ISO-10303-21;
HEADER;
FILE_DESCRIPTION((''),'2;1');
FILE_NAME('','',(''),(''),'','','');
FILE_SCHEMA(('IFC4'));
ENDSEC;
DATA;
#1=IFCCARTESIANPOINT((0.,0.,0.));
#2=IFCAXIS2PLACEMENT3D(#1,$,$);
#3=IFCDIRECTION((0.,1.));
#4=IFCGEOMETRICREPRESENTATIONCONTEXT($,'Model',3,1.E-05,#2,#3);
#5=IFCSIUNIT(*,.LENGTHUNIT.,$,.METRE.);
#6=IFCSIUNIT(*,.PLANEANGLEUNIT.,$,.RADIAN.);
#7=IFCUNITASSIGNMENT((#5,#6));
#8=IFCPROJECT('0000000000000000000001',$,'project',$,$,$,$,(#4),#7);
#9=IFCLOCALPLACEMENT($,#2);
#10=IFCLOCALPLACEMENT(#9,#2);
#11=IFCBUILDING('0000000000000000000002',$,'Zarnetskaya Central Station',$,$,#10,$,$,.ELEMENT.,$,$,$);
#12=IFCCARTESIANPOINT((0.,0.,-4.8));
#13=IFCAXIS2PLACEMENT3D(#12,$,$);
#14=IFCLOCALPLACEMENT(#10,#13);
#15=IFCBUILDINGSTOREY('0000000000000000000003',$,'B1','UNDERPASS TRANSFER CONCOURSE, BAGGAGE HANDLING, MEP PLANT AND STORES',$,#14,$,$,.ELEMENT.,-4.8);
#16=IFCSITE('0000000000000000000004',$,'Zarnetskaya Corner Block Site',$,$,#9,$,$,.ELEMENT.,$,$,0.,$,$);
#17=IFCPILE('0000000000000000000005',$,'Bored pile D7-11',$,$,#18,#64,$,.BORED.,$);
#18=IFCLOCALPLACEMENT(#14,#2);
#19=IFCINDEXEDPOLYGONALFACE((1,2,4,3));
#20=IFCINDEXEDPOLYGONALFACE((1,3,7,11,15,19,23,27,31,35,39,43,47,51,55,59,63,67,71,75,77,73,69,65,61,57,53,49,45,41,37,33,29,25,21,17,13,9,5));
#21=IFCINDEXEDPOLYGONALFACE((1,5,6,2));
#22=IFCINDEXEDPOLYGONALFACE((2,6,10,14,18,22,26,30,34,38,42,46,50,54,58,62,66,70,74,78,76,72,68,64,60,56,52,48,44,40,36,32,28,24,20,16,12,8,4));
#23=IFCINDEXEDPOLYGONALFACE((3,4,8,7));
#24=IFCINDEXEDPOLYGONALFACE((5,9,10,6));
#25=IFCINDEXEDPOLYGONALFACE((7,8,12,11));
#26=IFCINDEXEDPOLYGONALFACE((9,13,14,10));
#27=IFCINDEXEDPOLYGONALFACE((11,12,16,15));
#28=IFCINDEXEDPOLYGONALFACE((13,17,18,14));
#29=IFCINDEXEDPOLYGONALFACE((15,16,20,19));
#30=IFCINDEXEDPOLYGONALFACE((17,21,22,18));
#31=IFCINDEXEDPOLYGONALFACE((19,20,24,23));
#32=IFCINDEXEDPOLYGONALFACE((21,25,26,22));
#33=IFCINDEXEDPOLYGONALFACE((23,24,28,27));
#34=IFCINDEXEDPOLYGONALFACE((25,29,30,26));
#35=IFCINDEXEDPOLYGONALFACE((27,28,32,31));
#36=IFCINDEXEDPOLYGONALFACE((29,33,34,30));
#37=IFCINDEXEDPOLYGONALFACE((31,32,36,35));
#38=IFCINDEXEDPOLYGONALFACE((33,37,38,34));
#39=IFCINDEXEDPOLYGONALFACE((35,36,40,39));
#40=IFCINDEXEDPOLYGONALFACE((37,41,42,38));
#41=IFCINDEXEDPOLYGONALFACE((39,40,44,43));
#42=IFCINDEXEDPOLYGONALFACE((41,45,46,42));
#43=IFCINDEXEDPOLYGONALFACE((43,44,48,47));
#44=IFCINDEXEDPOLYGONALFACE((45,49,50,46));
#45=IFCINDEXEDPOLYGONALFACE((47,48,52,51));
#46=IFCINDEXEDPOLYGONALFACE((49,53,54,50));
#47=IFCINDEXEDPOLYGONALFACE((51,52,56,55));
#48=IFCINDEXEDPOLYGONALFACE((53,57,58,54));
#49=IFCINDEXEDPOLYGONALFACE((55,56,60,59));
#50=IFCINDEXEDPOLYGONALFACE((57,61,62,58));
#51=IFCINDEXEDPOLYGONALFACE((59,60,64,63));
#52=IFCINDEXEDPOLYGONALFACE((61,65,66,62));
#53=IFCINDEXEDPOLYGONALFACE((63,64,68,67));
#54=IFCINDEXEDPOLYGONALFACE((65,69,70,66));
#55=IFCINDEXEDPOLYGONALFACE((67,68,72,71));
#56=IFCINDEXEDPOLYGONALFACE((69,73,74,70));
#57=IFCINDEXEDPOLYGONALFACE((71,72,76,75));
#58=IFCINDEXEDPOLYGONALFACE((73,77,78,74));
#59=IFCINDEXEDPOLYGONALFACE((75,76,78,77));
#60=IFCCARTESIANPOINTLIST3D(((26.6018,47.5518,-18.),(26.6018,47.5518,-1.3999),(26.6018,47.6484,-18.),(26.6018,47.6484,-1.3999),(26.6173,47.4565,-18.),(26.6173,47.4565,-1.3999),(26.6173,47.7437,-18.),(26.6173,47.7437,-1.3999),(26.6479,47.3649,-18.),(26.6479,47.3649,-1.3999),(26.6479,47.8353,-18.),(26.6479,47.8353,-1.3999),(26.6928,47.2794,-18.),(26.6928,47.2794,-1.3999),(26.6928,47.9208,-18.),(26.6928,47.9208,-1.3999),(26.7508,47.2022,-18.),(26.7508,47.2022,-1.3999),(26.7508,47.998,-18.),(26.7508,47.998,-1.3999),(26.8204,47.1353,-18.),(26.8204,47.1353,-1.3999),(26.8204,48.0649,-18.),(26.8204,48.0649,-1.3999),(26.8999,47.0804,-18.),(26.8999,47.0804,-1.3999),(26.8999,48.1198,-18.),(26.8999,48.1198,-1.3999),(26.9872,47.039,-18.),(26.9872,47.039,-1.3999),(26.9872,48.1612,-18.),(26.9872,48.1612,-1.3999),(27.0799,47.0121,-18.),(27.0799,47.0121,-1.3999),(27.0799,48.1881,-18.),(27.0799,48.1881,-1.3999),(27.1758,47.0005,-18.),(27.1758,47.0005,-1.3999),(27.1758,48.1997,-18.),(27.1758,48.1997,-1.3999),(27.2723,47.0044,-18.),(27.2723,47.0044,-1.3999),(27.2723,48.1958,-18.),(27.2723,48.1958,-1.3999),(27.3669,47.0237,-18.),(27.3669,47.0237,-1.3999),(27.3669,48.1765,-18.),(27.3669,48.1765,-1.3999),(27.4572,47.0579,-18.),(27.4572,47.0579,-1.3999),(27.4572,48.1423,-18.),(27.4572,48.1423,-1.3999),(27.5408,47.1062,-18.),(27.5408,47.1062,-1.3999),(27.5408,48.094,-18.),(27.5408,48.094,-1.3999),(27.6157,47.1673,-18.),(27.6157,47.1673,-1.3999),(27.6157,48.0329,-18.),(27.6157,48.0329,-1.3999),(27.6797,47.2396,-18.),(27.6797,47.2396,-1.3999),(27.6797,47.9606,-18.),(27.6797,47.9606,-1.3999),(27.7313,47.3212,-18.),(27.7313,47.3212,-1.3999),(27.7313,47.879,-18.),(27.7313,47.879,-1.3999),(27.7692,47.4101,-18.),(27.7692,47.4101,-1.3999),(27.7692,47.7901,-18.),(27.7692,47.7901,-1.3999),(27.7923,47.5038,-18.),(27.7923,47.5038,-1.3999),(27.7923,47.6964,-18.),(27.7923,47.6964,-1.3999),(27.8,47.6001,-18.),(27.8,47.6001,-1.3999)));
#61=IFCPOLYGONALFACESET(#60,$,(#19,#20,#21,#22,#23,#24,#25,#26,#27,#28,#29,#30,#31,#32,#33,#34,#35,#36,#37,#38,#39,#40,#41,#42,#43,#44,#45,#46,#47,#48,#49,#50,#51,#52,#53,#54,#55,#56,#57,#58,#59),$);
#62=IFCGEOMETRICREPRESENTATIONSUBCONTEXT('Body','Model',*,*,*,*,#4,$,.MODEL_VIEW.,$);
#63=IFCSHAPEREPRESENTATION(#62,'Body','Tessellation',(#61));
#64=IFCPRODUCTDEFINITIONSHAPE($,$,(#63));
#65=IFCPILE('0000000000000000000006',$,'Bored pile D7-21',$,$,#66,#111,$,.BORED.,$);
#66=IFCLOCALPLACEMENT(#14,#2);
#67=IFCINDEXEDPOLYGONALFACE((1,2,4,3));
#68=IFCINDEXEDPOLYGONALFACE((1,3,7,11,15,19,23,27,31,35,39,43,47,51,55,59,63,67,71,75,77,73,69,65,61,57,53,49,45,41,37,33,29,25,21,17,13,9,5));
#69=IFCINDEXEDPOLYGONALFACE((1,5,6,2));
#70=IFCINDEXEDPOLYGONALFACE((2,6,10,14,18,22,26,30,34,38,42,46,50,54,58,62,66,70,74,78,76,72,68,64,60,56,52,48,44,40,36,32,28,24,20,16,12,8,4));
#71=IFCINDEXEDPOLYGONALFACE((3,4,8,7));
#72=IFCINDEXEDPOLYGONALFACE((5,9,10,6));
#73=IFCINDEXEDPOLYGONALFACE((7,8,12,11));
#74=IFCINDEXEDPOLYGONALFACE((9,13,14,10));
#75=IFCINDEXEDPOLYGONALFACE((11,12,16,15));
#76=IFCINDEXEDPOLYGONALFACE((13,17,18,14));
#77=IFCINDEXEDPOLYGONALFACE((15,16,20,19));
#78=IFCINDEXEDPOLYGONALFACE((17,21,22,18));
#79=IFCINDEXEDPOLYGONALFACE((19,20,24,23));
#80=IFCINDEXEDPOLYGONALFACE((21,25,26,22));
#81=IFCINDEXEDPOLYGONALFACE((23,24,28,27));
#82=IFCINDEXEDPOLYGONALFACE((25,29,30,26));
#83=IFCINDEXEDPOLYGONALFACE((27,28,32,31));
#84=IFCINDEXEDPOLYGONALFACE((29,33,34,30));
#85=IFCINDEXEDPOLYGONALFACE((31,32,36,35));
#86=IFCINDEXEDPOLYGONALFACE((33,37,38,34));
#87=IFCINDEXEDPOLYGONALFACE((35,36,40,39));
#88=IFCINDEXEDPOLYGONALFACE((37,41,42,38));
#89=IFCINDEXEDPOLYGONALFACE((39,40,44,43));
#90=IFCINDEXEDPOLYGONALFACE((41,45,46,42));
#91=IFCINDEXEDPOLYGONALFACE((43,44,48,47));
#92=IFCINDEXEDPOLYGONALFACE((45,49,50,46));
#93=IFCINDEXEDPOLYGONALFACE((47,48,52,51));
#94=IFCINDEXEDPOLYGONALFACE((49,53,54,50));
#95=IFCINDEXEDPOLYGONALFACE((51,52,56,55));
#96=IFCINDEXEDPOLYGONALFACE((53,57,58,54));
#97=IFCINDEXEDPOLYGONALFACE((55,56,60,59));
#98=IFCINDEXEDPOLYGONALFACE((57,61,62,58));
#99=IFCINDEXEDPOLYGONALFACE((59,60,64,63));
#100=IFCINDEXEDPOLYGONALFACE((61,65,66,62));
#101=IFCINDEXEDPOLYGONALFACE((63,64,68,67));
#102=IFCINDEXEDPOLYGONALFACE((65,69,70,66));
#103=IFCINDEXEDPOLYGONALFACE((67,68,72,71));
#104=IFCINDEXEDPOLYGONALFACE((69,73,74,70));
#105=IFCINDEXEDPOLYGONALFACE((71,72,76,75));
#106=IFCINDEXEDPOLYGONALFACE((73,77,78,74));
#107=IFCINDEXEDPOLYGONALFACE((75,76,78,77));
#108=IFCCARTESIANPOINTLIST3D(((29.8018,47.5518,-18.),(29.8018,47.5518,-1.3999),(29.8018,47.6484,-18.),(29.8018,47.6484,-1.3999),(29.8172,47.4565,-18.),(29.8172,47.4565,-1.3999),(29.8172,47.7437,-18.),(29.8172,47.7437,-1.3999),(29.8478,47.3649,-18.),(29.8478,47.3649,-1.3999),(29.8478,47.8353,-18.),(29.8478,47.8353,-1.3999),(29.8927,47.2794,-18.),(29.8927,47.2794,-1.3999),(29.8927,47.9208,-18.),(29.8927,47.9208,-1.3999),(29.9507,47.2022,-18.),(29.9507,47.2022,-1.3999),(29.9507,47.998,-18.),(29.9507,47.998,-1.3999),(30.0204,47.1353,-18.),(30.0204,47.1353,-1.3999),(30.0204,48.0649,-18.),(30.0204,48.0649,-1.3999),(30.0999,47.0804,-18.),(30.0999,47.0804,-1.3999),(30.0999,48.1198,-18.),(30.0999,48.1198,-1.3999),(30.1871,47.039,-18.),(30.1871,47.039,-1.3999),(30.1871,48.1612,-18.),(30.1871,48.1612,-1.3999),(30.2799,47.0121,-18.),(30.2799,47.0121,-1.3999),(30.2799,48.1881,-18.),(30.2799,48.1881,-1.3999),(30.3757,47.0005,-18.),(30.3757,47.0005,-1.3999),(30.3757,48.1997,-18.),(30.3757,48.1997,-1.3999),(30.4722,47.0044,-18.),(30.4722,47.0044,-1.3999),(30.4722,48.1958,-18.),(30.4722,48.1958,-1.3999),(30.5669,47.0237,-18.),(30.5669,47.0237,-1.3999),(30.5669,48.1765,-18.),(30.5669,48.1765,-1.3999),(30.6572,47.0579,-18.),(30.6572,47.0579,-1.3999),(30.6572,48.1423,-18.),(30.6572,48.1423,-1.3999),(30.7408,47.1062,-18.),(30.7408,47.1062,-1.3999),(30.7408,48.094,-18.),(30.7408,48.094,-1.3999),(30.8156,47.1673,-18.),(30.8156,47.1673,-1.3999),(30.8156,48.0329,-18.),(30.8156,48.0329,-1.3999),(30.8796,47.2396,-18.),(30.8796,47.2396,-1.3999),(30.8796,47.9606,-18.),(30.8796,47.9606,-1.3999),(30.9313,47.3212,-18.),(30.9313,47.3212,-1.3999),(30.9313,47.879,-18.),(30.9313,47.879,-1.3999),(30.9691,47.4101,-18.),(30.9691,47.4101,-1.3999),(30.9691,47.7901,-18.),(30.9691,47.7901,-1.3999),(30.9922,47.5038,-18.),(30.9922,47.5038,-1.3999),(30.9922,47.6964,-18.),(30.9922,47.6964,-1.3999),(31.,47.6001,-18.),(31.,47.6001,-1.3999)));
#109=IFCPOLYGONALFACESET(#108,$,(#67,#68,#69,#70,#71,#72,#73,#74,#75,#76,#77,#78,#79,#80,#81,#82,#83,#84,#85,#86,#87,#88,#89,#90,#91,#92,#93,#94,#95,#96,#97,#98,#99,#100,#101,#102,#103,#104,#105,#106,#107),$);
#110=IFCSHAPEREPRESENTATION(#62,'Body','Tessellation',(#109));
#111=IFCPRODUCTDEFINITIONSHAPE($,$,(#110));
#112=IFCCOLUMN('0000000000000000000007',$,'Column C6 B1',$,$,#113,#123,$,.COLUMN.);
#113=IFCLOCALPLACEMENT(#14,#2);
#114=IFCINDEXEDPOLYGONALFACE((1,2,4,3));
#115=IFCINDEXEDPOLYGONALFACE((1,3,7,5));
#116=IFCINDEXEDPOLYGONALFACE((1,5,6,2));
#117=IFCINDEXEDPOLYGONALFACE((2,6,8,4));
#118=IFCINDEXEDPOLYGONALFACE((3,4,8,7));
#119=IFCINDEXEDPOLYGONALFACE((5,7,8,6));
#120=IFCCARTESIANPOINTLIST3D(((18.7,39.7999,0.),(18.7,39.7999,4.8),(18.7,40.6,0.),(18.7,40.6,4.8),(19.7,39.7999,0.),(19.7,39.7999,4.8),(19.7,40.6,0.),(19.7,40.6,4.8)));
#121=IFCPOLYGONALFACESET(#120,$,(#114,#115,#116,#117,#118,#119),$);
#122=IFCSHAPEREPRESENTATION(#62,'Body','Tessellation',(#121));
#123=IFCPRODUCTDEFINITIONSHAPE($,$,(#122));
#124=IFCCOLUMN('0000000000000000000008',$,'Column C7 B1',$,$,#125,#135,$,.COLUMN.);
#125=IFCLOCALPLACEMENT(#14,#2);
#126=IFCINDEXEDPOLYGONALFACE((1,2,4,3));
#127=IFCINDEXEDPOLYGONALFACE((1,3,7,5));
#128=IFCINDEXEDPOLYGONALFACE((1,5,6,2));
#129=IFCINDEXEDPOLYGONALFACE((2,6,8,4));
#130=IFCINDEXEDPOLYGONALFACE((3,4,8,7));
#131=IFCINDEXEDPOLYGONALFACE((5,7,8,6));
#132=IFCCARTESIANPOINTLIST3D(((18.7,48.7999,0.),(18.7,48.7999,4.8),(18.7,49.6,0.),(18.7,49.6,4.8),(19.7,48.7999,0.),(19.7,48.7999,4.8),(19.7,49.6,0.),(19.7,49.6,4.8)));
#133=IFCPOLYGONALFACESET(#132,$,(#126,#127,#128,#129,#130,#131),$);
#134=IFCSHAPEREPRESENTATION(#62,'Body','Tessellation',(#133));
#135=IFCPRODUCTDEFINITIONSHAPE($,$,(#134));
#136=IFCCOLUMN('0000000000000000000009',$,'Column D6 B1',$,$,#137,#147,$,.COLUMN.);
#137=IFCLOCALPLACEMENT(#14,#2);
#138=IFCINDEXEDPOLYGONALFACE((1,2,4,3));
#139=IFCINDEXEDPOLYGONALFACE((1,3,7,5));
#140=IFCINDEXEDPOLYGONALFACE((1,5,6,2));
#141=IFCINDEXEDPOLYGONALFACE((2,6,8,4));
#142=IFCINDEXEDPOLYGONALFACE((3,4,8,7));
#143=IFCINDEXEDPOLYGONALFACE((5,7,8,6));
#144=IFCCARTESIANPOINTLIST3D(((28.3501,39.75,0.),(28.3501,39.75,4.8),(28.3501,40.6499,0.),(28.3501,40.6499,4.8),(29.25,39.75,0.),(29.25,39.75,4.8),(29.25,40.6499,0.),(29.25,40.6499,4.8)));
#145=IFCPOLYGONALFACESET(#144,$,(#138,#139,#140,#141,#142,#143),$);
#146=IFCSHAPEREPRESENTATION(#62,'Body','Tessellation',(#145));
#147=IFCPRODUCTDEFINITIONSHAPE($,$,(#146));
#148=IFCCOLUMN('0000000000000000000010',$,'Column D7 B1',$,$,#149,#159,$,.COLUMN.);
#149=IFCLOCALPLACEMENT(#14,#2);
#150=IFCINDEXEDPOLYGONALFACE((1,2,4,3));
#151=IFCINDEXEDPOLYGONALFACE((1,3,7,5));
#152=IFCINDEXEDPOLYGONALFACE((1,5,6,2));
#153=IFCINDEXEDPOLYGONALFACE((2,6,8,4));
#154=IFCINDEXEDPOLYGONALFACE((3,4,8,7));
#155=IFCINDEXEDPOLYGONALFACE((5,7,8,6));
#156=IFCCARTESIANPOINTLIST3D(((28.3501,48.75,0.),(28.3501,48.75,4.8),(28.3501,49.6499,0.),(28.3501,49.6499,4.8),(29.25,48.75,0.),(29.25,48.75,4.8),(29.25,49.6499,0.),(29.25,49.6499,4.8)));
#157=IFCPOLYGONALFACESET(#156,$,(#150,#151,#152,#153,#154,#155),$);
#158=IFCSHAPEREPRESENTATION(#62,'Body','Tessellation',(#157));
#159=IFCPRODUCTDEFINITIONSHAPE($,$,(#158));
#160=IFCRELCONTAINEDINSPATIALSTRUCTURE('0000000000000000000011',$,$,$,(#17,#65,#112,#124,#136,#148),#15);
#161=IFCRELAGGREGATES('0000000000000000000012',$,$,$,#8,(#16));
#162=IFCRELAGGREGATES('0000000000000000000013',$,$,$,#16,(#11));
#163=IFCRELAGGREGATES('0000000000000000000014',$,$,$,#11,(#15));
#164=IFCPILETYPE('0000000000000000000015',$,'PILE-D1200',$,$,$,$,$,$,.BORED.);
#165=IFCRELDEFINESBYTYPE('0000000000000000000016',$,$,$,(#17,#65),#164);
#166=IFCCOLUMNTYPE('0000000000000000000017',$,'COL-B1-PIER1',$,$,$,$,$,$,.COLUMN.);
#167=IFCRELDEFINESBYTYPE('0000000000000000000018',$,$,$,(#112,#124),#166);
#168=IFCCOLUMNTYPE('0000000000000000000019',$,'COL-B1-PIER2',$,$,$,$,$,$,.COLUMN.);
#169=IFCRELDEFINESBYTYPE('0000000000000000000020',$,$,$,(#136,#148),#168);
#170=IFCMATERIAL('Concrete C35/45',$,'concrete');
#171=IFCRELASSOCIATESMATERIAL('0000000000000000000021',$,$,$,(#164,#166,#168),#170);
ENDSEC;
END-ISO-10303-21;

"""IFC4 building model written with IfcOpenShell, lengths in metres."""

from ifc_helpers import new_model, si_unit, direction, frame, origin, origin_2d, place, context, subcontext, project, spatial, rectangle, circle, extrude, material, material_profile, profile_set, type_object, element, save


model = new_model("IFC4")

# Units and contexts
model_context = context("Model", 3, precision=1e-05, world=origin(), true_north=direction((0.0, 1.0)))
body_context = subcontext(model_context, "Body", "Model", "MODEL_VIEW")
ifc_project = project(units=[si_unit("LENGTHUNIT", "METRE"), si_unit("PLANEANGLEUNIT", "RADIAN")], contexts=[model_context])

# Site, building, storey
site_placement = place(None, origin())
site = spatial("IfcSite", under=ifc_project, at=site_placement, Name="Zarnetskaya Corner Block Site", CompositionType="ELEMENT", RefElevation=0.0)
building_placement = place(site_placement, origin())
building = spatial("IfcBuilding", under=site, at=building_placement, Name="Zarnetskaya Central Station", CompositionType="ELEMENT")
storey_placement = place(building_placement, frame((0.0, 0.0, -4.8)))
storey = spatial("IfcBuildingStorey", under=building, at=storey_placement, Name="B1", Description="UNDERPASS TRANSFER CONCOURSE, BAGGAGE HANDLING, MEP PLANT AND STORES", CompositionType="ELEMENT", Elevation=-4.8)

# Shared definitions
ifc_material = material(Name="Concrete C35/45", Category="concrete")

# Piles
ifc_material_profile_1 = material_profile(ifc_material, circle(Radius=0.6001, at=origin_2d()), Name="BORED PILE D1200")
ifc_profile_set_1 = profile_set([ifc_material_profile_1], Name="Concrete C35/45")
pile_type = type_object("IfcPileType", Name="PILE-D1200", PredefinedType="BORED", material=ifc_profile_set_1)
for number, where, z_axis, x_axis, name in (
    (1, (27.2, 47.6001, -1.3999), (0.0, 0.0, -1.0), (1.0, 0.0, 0.0), "Bored pile D7-11"),
    (2, (30.3999, 47.6001, -1.3999), (0.0, 0.0, -1.0), (1.0, 0.0, 0.0), "Bored pile D7-21"),
):
    element("IfcPile", number, at=place(storey_placement, frame(where, z_axis=z_axis, x_axis=x_axis)), inside=storey, type_object=pile_type, Name=name, PredefinedType="BORED", context=body_context, shape_type="SweptSolid", body=[
        extrude(circle(Radius=0.6001, at=origin_2d()), origin(), (0.0, 0.0, 1.0), 16.6001),
    ])

# Columns
ifc_material_profile_2 = material_profile(ifc_material, rectangle(XDim=1.0, YDim=0.8, at=origin_2d()), Name="RC PIER 1000x800")
ifc_profile_set_2 = profile_set([ifc_material_profile_2], Name="Concrete C35/45")
column_type_1 = type_object("IfcColumnType", Name="COL-B1-PIER1", PredefinedType="COLUMN", material=ifc_profile_set_2)
for number, where, z_axis, x_axis, name in (
    (3, (19.2, 40.2, 0.0), (0.0, 0.0, 1.0), (1.0, 0.0, 0.0), "Column C6 B1"),
    (4, (19.2, 49.2, 0.0), (0.0, 0.0, 1.0), (1.0, 0.0, 0.0), "Column C7 B1"),
):
    element("IfcColumn", number, at=place(storey_placement, frame(where, z_axis=z_axis, x_axis=x_axis)), inside=storey, type_object=column_type_1, Name=name, PredefinedType="COLUMN", context=body_context, shape_type="SweptSolid", body=[
        extrude(rectangle(XDim=1.0, YDim=0.8, at=origin_2d()), origin(), (0.0, 0.0, 1.0), 4.8),
    ])
ifc_material_profile_3 = material_profile(ifc_material, rectangle(XDim=0.8999, YDim=0.8999, at=origin_2d()), Name="RC 900x900")
ifc_profile_set_3 = profile_set([ifc_material_profile_3], Name="Concrete C35/45")
column_type_2 = type_object("IfcColumnType", Name="COL-B1-PIER2", PredefinedType="COLUMN", material=ifc_profile_set_3)
for number, where, z_axis, x_axis, name in (
    (5, (28.8, 40.2, 0.0), (0.0, 0.0, 1.0), (1.0, 0.0, 0.0), "Column D6 B1"),
    (6, (28.8, 49.2, 0.0), (0.0, 0.0, 1.0), (1.0, 0.0, 0.0), "Column D7 B1"),
):
    element("IfcColumn", number, at=place(storey_placement, frame(where, z_axis=z_axis, x_axis=x_axis)), inside=storey, type_object=column_type_2, Name=name, PredefinedType="COLUMN", context=body_context, shape_type="SweptSolid", body=[
        extrude(rectangle(XDim=0.8999, YDim=0.8999, at=origin_2d()), origin(), (0.0, 0.0, 1.0), 4.8),
    ])

save(model, "model.ifc")
